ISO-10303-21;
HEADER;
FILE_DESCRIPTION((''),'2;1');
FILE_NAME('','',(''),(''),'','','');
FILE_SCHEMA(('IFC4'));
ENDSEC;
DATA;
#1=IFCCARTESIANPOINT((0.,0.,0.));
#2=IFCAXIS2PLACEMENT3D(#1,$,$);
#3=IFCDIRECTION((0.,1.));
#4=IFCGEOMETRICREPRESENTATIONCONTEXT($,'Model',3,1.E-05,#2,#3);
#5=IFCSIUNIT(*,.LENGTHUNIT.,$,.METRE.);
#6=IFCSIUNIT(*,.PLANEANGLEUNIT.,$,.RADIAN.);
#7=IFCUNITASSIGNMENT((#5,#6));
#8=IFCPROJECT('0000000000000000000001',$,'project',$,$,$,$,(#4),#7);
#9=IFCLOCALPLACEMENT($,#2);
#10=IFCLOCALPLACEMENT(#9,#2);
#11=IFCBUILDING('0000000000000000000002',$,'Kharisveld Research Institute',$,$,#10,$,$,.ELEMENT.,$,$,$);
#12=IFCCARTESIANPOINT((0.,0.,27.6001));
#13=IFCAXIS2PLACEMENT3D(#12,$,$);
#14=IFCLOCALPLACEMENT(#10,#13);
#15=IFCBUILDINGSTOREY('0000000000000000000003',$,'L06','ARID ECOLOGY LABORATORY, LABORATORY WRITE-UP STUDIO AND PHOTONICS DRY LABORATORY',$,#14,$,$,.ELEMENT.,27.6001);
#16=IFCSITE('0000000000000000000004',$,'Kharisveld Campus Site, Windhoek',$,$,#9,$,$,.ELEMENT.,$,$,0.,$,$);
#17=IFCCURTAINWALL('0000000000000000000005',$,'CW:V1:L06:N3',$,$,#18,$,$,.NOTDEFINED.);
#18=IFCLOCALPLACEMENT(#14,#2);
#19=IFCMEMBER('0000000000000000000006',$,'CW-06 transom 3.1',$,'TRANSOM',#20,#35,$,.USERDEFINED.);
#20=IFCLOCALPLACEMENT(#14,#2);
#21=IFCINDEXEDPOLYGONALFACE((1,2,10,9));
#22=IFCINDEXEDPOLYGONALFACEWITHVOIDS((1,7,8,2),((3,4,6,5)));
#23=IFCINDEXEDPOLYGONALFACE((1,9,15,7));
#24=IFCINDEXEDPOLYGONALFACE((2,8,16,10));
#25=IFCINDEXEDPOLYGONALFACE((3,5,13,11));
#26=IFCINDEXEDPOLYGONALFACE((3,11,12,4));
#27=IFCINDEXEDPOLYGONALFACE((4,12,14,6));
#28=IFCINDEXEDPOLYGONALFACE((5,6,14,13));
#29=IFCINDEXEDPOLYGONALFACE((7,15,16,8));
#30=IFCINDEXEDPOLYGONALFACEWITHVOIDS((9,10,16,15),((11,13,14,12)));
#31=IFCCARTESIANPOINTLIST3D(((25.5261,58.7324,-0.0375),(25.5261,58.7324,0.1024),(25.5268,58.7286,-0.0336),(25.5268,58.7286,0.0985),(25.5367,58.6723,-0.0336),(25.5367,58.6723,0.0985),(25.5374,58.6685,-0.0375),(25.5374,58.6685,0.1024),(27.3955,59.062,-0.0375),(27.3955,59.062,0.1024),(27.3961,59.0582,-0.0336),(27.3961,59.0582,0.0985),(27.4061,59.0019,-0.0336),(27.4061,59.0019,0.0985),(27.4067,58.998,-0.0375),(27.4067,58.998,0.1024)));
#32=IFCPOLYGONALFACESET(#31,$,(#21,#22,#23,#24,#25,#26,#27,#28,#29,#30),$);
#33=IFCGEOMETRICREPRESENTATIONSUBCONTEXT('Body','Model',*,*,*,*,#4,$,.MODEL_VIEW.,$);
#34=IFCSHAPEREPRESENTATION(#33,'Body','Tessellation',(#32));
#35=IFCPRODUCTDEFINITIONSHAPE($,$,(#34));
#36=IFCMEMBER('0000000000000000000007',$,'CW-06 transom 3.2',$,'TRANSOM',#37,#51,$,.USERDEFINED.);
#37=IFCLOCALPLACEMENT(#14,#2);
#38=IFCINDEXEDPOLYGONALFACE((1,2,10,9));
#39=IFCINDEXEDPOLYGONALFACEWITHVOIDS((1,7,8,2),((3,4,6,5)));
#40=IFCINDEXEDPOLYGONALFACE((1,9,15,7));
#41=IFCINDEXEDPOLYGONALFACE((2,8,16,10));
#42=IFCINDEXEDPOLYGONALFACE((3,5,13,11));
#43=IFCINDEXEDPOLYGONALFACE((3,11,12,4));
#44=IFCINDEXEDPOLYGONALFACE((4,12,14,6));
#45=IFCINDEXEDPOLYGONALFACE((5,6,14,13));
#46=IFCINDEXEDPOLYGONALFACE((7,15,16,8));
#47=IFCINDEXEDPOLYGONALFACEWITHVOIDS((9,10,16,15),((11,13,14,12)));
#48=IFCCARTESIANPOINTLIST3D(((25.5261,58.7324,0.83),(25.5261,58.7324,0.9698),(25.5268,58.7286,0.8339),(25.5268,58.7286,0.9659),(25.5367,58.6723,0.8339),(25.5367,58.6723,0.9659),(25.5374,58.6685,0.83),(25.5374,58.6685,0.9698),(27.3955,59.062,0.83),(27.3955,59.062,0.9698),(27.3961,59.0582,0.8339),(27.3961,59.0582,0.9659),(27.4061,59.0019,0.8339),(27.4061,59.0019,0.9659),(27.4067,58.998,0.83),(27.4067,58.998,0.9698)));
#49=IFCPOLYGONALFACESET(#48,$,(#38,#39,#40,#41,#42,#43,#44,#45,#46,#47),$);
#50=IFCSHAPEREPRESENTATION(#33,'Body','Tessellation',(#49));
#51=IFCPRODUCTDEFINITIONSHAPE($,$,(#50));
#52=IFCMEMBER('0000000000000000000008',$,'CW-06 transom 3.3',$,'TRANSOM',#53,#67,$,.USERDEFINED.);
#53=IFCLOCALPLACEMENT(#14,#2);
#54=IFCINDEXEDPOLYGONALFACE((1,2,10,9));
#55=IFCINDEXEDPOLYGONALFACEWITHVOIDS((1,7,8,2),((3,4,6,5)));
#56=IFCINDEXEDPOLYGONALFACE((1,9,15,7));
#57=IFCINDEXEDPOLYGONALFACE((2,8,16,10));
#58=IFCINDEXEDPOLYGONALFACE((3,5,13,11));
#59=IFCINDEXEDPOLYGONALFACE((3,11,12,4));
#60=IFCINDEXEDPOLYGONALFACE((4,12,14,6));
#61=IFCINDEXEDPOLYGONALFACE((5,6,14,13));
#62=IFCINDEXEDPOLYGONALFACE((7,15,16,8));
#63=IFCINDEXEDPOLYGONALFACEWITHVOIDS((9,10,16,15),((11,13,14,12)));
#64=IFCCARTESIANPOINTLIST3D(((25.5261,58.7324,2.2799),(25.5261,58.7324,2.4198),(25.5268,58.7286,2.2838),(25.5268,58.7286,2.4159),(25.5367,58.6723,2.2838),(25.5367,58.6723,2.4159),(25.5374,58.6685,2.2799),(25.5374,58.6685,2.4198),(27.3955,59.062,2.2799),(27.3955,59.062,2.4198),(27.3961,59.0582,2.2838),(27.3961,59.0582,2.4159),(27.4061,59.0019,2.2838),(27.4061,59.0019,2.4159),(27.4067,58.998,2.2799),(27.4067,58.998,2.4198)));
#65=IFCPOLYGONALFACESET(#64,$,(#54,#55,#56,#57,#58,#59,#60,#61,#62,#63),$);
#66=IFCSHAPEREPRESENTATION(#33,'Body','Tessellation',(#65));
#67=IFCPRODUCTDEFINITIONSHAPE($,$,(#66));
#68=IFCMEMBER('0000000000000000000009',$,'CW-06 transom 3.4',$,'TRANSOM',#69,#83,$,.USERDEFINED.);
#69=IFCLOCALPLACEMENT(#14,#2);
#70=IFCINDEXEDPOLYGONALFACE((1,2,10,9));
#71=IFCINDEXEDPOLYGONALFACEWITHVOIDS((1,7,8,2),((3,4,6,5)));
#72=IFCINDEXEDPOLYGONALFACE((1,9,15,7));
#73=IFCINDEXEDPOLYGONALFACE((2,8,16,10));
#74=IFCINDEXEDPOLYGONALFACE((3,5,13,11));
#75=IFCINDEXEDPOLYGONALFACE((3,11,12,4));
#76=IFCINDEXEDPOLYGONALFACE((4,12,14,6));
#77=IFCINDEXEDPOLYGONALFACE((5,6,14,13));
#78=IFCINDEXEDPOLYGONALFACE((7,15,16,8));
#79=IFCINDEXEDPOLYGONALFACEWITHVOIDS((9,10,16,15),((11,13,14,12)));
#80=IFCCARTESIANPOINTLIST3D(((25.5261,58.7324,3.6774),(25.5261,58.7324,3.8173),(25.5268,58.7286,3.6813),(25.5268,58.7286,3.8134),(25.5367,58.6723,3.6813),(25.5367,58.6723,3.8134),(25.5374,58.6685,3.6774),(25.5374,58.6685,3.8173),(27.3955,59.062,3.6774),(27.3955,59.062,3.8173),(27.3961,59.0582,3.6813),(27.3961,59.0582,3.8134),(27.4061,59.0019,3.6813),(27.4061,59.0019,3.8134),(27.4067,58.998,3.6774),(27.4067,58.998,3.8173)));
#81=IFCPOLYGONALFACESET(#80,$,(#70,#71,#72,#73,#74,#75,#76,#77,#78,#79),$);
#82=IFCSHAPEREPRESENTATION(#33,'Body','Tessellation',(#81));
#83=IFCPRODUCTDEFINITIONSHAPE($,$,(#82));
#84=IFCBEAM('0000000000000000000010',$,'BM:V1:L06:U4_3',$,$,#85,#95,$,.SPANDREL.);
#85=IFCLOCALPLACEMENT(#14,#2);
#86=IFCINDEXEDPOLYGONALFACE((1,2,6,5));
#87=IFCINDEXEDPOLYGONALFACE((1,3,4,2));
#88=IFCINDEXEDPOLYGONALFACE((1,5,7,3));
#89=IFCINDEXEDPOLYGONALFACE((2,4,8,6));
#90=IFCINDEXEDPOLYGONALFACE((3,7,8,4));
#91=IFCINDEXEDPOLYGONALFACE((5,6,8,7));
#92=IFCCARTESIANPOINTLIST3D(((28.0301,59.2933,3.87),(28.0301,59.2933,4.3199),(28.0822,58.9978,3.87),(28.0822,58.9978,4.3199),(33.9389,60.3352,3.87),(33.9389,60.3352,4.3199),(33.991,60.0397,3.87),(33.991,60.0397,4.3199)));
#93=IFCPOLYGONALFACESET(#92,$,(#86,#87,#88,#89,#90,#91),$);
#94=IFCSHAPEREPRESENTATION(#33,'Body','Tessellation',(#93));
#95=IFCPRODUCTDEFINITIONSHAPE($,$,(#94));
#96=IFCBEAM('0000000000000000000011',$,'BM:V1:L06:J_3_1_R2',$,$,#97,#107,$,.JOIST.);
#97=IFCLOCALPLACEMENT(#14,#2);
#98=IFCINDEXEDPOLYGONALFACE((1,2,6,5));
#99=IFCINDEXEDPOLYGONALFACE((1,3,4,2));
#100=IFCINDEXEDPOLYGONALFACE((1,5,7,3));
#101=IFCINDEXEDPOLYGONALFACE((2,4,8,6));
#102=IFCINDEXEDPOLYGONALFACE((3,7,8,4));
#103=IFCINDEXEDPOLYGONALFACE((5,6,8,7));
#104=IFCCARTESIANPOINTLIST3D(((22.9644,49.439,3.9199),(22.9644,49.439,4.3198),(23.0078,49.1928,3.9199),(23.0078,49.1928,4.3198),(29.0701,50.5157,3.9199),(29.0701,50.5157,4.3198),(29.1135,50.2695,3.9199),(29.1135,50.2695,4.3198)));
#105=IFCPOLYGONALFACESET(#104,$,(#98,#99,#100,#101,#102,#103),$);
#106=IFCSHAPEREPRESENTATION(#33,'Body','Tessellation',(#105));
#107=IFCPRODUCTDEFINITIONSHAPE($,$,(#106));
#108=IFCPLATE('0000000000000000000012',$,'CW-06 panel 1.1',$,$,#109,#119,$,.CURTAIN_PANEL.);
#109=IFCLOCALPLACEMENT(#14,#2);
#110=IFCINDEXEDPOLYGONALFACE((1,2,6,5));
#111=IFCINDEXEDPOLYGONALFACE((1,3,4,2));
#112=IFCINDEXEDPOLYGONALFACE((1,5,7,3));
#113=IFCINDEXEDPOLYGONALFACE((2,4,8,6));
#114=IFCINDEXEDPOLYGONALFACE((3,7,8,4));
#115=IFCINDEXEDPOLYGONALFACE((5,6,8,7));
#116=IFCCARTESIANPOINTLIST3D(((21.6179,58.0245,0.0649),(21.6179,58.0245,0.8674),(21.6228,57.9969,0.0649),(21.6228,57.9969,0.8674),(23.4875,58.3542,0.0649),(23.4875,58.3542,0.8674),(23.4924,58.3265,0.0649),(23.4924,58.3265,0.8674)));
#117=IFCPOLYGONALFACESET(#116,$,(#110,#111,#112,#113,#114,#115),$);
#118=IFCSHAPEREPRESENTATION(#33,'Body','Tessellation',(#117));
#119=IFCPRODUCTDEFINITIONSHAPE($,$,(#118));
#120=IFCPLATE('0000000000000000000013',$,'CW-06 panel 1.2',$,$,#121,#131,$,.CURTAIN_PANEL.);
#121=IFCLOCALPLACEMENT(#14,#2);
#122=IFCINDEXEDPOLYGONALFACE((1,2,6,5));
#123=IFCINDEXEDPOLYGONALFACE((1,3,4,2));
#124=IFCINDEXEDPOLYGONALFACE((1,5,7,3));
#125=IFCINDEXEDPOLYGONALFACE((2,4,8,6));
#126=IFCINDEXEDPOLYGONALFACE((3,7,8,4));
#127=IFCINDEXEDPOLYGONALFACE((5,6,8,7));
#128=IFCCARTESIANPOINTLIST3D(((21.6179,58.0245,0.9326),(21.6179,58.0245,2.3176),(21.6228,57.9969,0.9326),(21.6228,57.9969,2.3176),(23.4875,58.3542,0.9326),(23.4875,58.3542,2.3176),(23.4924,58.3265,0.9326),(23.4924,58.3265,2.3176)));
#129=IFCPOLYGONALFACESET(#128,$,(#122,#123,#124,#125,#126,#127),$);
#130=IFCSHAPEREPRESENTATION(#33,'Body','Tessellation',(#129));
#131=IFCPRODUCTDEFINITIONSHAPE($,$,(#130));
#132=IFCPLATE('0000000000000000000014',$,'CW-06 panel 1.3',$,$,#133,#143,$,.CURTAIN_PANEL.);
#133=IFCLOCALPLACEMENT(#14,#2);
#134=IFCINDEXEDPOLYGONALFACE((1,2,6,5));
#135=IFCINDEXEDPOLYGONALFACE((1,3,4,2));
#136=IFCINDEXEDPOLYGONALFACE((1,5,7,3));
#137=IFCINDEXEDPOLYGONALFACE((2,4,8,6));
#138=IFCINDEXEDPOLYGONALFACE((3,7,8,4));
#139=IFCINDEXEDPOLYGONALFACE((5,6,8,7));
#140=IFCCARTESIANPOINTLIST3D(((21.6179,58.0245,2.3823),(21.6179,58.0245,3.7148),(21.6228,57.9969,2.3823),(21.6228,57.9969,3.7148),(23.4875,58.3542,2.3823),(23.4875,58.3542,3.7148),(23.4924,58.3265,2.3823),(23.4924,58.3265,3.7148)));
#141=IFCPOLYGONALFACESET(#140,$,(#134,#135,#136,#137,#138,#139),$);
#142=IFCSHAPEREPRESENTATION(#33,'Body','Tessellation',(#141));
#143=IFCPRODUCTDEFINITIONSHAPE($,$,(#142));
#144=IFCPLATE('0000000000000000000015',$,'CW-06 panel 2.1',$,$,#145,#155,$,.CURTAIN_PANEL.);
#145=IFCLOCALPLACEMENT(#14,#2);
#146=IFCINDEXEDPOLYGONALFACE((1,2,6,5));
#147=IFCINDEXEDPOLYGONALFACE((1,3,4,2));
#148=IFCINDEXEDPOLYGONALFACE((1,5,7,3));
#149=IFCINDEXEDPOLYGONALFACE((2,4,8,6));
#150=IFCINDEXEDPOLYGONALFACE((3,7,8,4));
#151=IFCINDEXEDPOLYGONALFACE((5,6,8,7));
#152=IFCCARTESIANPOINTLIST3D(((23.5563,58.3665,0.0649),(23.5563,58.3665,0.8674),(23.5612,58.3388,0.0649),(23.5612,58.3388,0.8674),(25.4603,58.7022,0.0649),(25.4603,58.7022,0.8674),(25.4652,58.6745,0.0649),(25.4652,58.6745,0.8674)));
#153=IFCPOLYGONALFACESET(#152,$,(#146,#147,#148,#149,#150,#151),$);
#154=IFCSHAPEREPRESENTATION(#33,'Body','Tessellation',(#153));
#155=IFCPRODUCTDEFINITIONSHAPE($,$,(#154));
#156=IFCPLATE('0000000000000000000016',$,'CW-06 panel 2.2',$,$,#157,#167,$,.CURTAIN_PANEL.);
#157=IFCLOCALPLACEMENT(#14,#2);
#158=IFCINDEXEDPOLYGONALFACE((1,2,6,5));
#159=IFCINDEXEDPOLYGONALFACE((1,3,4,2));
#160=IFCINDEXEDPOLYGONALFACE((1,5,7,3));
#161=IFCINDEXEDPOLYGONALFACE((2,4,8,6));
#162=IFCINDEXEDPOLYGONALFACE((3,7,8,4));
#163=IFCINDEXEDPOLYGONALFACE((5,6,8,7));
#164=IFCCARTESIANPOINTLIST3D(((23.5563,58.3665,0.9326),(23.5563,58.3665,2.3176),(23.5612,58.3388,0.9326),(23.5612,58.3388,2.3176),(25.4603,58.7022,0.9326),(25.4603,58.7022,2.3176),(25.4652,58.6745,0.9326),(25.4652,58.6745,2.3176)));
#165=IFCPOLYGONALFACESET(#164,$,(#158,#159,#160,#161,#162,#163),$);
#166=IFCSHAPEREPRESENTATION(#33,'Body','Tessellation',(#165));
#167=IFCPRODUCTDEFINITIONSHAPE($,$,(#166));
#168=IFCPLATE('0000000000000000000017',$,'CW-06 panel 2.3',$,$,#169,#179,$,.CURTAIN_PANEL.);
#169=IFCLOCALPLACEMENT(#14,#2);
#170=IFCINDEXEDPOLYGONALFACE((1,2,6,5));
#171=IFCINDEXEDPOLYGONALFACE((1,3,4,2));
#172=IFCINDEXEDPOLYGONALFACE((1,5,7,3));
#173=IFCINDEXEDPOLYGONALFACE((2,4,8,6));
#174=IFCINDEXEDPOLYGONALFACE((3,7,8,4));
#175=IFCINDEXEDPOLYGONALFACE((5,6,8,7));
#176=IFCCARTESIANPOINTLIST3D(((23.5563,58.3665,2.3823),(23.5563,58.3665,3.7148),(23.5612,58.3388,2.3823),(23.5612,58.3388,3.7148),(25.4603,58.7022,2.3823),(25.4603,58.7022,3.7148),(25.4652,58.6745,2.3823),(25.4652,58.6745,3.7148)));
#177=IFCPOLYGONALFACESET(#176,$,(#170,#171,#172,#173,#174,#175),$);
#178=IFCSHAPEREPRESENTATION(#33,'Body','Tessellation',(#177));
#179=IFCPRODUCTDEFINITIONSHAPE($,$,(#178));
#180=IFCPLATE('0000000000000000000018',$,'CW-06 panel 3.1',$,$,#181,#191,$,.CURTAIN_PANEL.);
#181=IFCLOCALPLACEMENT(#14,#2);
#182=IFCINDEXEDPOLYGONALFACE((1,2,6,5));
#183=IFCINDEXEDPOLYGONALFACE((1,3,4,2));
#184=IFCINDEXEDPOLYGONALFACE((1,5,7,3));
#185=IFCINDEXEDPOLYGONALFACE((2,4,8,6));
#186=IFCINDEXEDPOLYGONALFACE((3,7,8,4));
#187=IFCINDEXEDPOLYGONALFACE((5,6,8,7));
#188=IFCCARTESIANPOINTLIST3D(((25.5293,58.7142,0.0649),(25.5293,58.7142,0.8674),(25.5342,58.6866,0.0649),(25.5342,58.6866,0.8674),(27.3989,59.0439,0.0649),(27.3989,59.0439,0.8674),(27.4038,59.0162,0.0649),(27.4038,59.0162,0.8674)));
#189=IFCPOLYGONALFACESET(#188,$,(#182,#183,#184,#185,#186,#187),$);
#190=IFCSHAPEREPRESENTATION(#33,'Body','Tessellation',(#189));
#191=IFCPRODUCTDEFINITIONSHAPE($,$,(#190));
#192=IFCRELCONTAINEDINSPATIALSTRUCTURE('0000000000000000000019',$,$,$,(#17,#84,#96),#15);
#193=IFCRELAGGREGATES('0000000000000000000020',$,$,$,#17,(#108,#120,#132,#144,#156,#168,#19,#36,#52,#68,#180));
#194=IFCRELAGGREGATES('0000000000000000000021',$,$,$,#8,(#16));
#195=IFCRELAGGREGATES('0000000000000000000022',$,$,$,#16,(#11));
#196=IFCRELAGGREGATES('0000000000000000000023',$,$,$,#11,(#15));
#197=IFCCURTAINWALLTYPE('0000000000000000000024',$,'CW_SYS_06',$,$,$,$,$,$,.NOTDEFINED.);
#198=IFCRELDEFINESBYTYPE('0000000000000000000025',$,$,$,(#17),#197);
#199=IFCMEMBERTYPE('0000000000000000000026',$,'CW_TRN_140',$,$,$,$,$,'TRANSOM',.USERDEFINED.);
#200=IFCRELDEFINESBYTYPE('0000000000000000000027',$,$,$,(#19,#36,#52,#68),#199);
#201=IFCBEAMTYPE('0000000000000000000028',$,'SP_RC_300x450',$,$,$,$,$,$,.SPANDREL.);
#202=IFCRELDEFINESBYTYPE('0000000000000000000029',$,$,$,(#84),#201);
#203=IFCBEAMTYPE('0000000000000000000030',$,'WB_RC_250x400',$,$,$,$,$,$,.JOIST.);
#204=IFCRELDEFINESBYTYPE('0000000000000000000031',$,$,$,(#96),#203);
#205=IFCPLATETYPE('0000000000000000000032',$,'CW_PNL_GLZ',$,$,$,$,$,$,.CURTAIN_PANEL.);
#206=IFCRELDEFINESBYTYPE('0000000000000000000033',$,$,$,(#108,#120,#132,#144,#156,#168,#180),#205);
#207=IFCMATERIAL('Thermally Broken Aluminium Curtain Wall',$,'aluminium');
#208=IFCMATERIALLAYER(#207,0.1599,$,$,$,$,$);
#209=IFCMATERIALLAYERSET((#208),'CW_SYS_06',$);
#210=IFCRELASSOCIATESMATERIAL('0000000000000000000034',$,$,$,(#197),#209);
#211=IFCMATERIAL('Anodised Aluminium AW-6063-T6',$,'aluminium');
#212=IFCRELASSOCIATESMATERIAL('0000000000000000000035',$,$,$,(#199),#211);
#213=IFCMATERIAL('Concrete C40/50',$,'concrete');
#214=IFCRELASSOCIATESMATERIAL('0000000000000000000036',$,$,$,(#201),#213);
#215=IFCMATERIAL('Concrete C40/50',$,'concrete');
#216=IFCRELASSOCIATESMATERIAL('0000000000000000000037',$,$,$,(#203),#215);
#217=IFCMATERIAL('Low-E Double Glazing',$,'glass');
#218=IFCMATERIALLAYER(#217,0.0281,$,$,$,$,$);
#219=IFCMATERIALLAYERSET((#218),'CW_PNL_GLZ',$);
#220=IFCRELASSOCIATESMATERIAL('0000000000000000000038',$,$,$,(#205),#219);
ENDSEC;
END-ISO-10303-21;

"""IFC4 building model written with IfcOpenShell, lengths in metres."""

from ifc_helpers import new_model, si_unit, direction, frame, origin, origin_2d, place, context, subcontext, project, spatial, rectangle, hollow_rectangle, extrude, material, layer, layer_set, material_profile, profile_set, type_object, element, aggregate, save


model = new_model("IFC4")

# Units and contexts
model_context = context("Model", 3, precision=1e-05, world=origin(), true_north=direction((0.0, 1.0)))
body_context = subcontext(model_context, "Body", "Model", "MODEL_VIEW")
ifc_project = project(units=[si_unit("LENGTHUNIT", "METRE"), si_unit("PLANEANGLEUNIT", "RADIAN")], contexts=[model_context])

# Site, building, storey
site_placement = place(None, origin())
site = spatial("IfcSite", under=ifc_project, at=site_placement, Name="Kharisveld Campus Site, Windhoek", CompositionType="ELEMENT", RefElevation=0.0)
building_placement = place(site_placement, origin())
building = spatial("IfcBuilding", under=site, at=building_placement, Name="Kharisveld Research Institute", CompositionType="ELEMENT")
storey_placement = place(building_placement, frame((0.0, 0.0, 27.6001)))
storey = spatial("IfcBuildingStorey", under=building, at=storey_placement, Name="L06", Description="ARID ECOLOGY LABORATORY, LABORATORY WRITE-UP STUDIO AND PHOTONICS DRY LABORATORY", CompositionType="ELEMENT", Elevation=27.6001)

# Curtain wall, members
ifc_material_1 = material(Name="Thermally Broken Aluminium Curtain Wall", Category="aluminium")
ifc_layer_1 = layer(ifc_material_1, 0.1599)
ifc_layer_set_1 = layer_set([ifc_layer_1], Name="CW_SYS_06")
curtain_wall_type = type_object("IfcCurtainWallType", Name="CW_SYS_06", PredefinedType="NOTDEFINED", material=ifc_layer_set_1)
curtain_wall_placement = place(storey_placement, origin())
curtain_wall = element("IfcCurtainWall", 1, at=curtain_wall_placement, inside=storey, type_object=curtain_wall_type, Name="CW:V1:L06:N3", PredefinedType="NOTDEFINED")
ifc_material_2 = material(Name="Anodised Aluminium AW-6063-T6", Category="aluminium")
ifc_material_profile_1 = material_profile(ifc_material_2, hollow_rectangle(XDim=0.0649, YDim=0.1399, WallThickness=0.0039, at=origin_2d()))
ifc_profile_set_1 = profile_set([ifc_material_profile_1], Name="Anodised Aluminium AW-6063-T6")
member_type_1 = type_object("IfcMemberType", Name="CW_TRN_140", ElementType="TRANSOM", PredefinedType="USERDEFINED", material=ifc_profile_set_1)
member_1_placement = place(storey_placement, frame((25.5317, 58.7004, 0.0325), z_axis=(0.984811, 0.173631, 0.0), x_axis=(-0.173631, 0.984811, 0.0)))
member_1 = element("IfcMember", 2, at=member_1_placement, type_object=member_type_1, Name="CW-06 transom 3.1", ObjectType="TRANSOM", PredefinedType="USERDEFINED", context=body_context, shape_type="SweptSolid", body=[
    extrude(hollow_rectangle(XDim=0.0649, YDim=0.1399, WallThickness=0.0039, at=origin_2d()), origin(), (0.0, 0.0, 1.0), 1.8982),
])
member_2_placement = place(storey_placement, frame((25.5317, 58.7004, 0.8999), z_axis=(0.984811, 0.173631, 0.0), x_axis=(-0.173631, 0.984811, 0.0)))
member_2 = element("IfcMember", 3, at=member_2_placement, type_object=member_type_1, Name="CW-06 transom 3.2", ObjectType="TRANSOM", PredefinedType="USERDEFINED", context=body_context, shape_type="SweptSolid", body=[
    extrude(hollow_rectangle(XDim=0.0649, YDim=0.1399, WallThickness=0.0039, at=origin_2d()), origin(), (0.0, 0.0, 1.0), 1.8982),
])
member_3_placement = place(storey_placement, frame((25.5317, 58.7004, 2.3499), z_axis=(0.984811, 0.173631, 0.0), x_axis=(-0.173631, 0.984811, 0.0)))
member_3 = element("IfcMember", 4, at=member_3_placement, type_object=member_type_1, Name="CW-06 transom 3.3", ObjectType="TRANSOM", PredefinedType="USERDEFINED", context=body_context, shape_type="SweptSolid", body=[
    extrude(hollow_rectangle(XDim=0.0649, YDim=0.1399, WallThickness=0.0039, at=origin_2d()), origin(), (0.0, 0.0, 1.0), 1.8982),
])
member_4_placement = place(storey_placement, frame((25.5317, 58.7004, 3.7473), z_axis=(0.984811, 0.173631, 0.0), x_axis=(-0.173631, 0.984811, 0.0)))
member_4 = element("IfcMember", 5, at=member_4_placement, type_object=member_type_1, Name="CW-06 transom 3.4", ObjectType="TRANSOM", PredefinedType="USERDEFINED", context=body_context, shape_type="SweptSolid", body=[
    extrude(hollow_rectangle(XDim=0.0649, YDim=0.1399, WallThickness=0.0039, at=origin_2d()), origin(), (0.0, 0.0, 1.0), 1.8982),
])

# Beams
ifc_material_3 = material(Name="Concrete C40/50", Category="concrete")
ifc_material_profile_2 = material_profile(ifc_material_3, rectangle(XDim=0.3, YDim=0.45, at=origin_2d()))
ifc_profile_set_2 = profile_set([ifc_material_profile_2], Name="Concrete C40/50")
beam_type_1 = type_object("IfcBeamType", Name="SP_RC_300x450", PredefinedType="SPANDREL", material=ifc_profile_set_2)
beam_1_placement = place(storey_placement, frame((28.0562, 59.1455, 4.095), z_axis=(0.984805, 0.173662, 0.0), x_axis=(-0.173662, 0.984805, 0.0)))
element("IfcBeam", 6, at=beam_1_placement, inside=storey, type_object=beam_type_1, Name="BM:V1:L06:U4_3", PredefinedType="SPANDREL", context=body_context, shape_type="SweptSolid", body=[
    extrude(rectangle(XDim=0.3, YDim=0.45, at=origin_2d()), origin(), (0.0, 0.0, 1.0), 6.0),
])
ifc_material_4 = material(Name="Concrete C40/50", Category="concrete")
ifc_material_profile_3 = material_profile(ifc_material_4, rectangle(XDim=0.25, YDim=0.3999, at=origin_2d()))
ifc_profile_set_3 = profile_set([ifc_material_profile_3], Name="Concrete C40/50")
beam_type_2 = type_object("IfcBeamType", Name="WB_RC_250x400", PredefinedType="JOIST", material=ifc_profile_set_3)
beam_2_placement = place(storey_placement, frame((22.9861, 49.3159, 4.1199), z_axis=(0.984806, 0.173657, 0.0), x_axis=(-0.173657, 0.984806, 0.0)))
element("IfcBeam", 7, at=beam_2_placement, inside=storey, type_object=beam_type_2, Name="BM:V1:L06:J_3_1_R2", PredefinedType="JOIST", context=body_context, shape_type="SweptSolid", body=[
    extrude(rectangle(XDim=0.25, YDim=0.3999, at=origin_2d()), origin(), (0.0, 0.0, 1.0), 6.2),
])

# Plates
ifc_material_5 = material(Name="Low-E Double Glazing", Category="glass")
ifc_layer_2 = layer(ifc_material_5, 0.0281)
ifc_layer_set_2 = layer_set([ifc_layer_2], Name="CW_PNL_GLZ")
plate_type = type_object("IfcPlateType", Name="CW_PNL_GLZ", PredefinedType="CURTAIN_PANEL", material=ifc_layer_set_2)
plate_1_placement = place(storey_placement, frame((22.5552, 58.1755, 0.0649), z_axis=(0.0, 0.0, 1.0), x_axis=(0.984808, 0.173648, 0.0)))
plate_1 = element("IfcPlate", 8, at=plate_1_placement, type_object=plate_type, Name="CW-06 panel 1.1", PredefinedType="CURTAIN_PANEL", context=body_context, shape_type="SweptSolid", body=[
    extrude(rectangle(XDim=1.8984, YDim=0.0281, at=origin_2d()), origin(), (0.0, 0.0, 1.0), 0.8025),
])
plate_2_placement = place(storey_placement, frame((22.5552, 58.1755, 0.9326), z_axis=(0.0, 0.0, 1.0), x_axis=(0.984808, 0.173648, 0.0)))
plate_2 = element("IfcPlate", 9, at=plate_2_placement, type_object=plate_type, Name="CW-06 panel 1.2", PredefinedType="CURTAIN_PANEL", context=body_context, shape_type="SweptSolid", body=[
    extrude(rectangle(XDim=1.8984, YDim=0.0281, at=origin_2d()), origin(), (0.0, 0.0, 1.0), 1.385),
])
plate_3_placement = place(storey_placement, frame((22.5552, 58.1755, 2.3823), z_axis=(0.0, 0.0, 1.0), x_axis=(0.984808, 0.173648, 0.0)))
plate_3 = element("IfcPlate", 10, at=plate_3_placement, type_object=plate_type, Name="CW-06 panel 1.3", PredefinedType="CURTAIN_PANEL", context=body_context, shape_type="SweptSolid", body=[
    extrude(rectangle(XDim=1.8984, YDim=0.0281, at=origin_2d()), origin(), (0.0, 0.0, 1.0), 1.3325),
])
plate_4_placement = place(storey_placement, frame((24.5107, 58.5205, 0.0649), z_axis=(0.0, 0.0, 1.0), x_axis=(0.984808, 0.173648, 0.0)))
plate_4 = element("IfcPlate", 11, at=plate_4_placement, type_object=plate_type, Name="CW-06 panel 2.1", PredefinedType="CURTAIN_PANEL", context=body_context, shape_type="SweptSolid", body=[
    extrude(rectangle(XDim=1.9333, YDim=0.0281, at=origin_2d()), origin(), (0.0, 0.0, 1.0), 0.8025),
])
plate_5_placement = place(storey_placement, frame((24.5107, 58.5205, 0.9326), z_axis=(0.0, 0.0, 1.0), x_axis=(0.984808, 0.173648, 0.0)))
plate_5 = element("IfcPlate", 12, at=plate_5_placement, type_object=plate_type, Name="CW-06 panel 2.2", PredefinedType="CURTAIN_PANEL", context=body_context, shape_type="SweptSolid", body=[
    extrude(rectangle(XDim=1.9333, YDim=0.0281, at=origin_2d()), origin(), (0.0, 0.0, 1.0), 1.385),
])
plate_6_placement = place(storey_placement, frame((24.5107, 58.5205, 2.3823), z_axis=(0.0, 0.0, 1.0), x_axis=(0.984808, 0.173648, 0.0)))
plate_6 = element("IfcPlate", 13, at=plate_6_placement, type_object=plate_type, Name="CW-06 panel 2.3", PredefinedType="CURTAIN_PANEL", context=body_context, shape_type="SweptSolid", body=[
    extrude(rectangle(XDim=1.9333, YDim=0.0281, at=origin_2d()), origin(), (0.0, 0.0, 1.0), 1.3325),
])
plate_7_placement = place(storey_placement, frame((26.4666, 58.8652, 0.0649), z_axis=(0.0, 0.0, 1.0), x_axis=(0.984808, 0.173648, 0.0)))
plate_7 = element("IfcPlate", 14, at=plate_7_placement, type_object=plate_type, Name="CW-06 panel 3.1", PredefinedType="CURTAIN_PANEL", context=body_context, shape_type="SweptSolid", body=[
    extrude(rectangle(XDim=1.8984, YDim=0.0281, at=origin_2d()), origin(), (0.0, 0.0, 1.0), 0.8025),
])
aggregate(curtain_wall, [plate_1, plate_2, plate_3, plate_4, plate_5, plate_6, member_1, member_2, member_3, member_4, plate_7])

save(model, "model.ifc")
